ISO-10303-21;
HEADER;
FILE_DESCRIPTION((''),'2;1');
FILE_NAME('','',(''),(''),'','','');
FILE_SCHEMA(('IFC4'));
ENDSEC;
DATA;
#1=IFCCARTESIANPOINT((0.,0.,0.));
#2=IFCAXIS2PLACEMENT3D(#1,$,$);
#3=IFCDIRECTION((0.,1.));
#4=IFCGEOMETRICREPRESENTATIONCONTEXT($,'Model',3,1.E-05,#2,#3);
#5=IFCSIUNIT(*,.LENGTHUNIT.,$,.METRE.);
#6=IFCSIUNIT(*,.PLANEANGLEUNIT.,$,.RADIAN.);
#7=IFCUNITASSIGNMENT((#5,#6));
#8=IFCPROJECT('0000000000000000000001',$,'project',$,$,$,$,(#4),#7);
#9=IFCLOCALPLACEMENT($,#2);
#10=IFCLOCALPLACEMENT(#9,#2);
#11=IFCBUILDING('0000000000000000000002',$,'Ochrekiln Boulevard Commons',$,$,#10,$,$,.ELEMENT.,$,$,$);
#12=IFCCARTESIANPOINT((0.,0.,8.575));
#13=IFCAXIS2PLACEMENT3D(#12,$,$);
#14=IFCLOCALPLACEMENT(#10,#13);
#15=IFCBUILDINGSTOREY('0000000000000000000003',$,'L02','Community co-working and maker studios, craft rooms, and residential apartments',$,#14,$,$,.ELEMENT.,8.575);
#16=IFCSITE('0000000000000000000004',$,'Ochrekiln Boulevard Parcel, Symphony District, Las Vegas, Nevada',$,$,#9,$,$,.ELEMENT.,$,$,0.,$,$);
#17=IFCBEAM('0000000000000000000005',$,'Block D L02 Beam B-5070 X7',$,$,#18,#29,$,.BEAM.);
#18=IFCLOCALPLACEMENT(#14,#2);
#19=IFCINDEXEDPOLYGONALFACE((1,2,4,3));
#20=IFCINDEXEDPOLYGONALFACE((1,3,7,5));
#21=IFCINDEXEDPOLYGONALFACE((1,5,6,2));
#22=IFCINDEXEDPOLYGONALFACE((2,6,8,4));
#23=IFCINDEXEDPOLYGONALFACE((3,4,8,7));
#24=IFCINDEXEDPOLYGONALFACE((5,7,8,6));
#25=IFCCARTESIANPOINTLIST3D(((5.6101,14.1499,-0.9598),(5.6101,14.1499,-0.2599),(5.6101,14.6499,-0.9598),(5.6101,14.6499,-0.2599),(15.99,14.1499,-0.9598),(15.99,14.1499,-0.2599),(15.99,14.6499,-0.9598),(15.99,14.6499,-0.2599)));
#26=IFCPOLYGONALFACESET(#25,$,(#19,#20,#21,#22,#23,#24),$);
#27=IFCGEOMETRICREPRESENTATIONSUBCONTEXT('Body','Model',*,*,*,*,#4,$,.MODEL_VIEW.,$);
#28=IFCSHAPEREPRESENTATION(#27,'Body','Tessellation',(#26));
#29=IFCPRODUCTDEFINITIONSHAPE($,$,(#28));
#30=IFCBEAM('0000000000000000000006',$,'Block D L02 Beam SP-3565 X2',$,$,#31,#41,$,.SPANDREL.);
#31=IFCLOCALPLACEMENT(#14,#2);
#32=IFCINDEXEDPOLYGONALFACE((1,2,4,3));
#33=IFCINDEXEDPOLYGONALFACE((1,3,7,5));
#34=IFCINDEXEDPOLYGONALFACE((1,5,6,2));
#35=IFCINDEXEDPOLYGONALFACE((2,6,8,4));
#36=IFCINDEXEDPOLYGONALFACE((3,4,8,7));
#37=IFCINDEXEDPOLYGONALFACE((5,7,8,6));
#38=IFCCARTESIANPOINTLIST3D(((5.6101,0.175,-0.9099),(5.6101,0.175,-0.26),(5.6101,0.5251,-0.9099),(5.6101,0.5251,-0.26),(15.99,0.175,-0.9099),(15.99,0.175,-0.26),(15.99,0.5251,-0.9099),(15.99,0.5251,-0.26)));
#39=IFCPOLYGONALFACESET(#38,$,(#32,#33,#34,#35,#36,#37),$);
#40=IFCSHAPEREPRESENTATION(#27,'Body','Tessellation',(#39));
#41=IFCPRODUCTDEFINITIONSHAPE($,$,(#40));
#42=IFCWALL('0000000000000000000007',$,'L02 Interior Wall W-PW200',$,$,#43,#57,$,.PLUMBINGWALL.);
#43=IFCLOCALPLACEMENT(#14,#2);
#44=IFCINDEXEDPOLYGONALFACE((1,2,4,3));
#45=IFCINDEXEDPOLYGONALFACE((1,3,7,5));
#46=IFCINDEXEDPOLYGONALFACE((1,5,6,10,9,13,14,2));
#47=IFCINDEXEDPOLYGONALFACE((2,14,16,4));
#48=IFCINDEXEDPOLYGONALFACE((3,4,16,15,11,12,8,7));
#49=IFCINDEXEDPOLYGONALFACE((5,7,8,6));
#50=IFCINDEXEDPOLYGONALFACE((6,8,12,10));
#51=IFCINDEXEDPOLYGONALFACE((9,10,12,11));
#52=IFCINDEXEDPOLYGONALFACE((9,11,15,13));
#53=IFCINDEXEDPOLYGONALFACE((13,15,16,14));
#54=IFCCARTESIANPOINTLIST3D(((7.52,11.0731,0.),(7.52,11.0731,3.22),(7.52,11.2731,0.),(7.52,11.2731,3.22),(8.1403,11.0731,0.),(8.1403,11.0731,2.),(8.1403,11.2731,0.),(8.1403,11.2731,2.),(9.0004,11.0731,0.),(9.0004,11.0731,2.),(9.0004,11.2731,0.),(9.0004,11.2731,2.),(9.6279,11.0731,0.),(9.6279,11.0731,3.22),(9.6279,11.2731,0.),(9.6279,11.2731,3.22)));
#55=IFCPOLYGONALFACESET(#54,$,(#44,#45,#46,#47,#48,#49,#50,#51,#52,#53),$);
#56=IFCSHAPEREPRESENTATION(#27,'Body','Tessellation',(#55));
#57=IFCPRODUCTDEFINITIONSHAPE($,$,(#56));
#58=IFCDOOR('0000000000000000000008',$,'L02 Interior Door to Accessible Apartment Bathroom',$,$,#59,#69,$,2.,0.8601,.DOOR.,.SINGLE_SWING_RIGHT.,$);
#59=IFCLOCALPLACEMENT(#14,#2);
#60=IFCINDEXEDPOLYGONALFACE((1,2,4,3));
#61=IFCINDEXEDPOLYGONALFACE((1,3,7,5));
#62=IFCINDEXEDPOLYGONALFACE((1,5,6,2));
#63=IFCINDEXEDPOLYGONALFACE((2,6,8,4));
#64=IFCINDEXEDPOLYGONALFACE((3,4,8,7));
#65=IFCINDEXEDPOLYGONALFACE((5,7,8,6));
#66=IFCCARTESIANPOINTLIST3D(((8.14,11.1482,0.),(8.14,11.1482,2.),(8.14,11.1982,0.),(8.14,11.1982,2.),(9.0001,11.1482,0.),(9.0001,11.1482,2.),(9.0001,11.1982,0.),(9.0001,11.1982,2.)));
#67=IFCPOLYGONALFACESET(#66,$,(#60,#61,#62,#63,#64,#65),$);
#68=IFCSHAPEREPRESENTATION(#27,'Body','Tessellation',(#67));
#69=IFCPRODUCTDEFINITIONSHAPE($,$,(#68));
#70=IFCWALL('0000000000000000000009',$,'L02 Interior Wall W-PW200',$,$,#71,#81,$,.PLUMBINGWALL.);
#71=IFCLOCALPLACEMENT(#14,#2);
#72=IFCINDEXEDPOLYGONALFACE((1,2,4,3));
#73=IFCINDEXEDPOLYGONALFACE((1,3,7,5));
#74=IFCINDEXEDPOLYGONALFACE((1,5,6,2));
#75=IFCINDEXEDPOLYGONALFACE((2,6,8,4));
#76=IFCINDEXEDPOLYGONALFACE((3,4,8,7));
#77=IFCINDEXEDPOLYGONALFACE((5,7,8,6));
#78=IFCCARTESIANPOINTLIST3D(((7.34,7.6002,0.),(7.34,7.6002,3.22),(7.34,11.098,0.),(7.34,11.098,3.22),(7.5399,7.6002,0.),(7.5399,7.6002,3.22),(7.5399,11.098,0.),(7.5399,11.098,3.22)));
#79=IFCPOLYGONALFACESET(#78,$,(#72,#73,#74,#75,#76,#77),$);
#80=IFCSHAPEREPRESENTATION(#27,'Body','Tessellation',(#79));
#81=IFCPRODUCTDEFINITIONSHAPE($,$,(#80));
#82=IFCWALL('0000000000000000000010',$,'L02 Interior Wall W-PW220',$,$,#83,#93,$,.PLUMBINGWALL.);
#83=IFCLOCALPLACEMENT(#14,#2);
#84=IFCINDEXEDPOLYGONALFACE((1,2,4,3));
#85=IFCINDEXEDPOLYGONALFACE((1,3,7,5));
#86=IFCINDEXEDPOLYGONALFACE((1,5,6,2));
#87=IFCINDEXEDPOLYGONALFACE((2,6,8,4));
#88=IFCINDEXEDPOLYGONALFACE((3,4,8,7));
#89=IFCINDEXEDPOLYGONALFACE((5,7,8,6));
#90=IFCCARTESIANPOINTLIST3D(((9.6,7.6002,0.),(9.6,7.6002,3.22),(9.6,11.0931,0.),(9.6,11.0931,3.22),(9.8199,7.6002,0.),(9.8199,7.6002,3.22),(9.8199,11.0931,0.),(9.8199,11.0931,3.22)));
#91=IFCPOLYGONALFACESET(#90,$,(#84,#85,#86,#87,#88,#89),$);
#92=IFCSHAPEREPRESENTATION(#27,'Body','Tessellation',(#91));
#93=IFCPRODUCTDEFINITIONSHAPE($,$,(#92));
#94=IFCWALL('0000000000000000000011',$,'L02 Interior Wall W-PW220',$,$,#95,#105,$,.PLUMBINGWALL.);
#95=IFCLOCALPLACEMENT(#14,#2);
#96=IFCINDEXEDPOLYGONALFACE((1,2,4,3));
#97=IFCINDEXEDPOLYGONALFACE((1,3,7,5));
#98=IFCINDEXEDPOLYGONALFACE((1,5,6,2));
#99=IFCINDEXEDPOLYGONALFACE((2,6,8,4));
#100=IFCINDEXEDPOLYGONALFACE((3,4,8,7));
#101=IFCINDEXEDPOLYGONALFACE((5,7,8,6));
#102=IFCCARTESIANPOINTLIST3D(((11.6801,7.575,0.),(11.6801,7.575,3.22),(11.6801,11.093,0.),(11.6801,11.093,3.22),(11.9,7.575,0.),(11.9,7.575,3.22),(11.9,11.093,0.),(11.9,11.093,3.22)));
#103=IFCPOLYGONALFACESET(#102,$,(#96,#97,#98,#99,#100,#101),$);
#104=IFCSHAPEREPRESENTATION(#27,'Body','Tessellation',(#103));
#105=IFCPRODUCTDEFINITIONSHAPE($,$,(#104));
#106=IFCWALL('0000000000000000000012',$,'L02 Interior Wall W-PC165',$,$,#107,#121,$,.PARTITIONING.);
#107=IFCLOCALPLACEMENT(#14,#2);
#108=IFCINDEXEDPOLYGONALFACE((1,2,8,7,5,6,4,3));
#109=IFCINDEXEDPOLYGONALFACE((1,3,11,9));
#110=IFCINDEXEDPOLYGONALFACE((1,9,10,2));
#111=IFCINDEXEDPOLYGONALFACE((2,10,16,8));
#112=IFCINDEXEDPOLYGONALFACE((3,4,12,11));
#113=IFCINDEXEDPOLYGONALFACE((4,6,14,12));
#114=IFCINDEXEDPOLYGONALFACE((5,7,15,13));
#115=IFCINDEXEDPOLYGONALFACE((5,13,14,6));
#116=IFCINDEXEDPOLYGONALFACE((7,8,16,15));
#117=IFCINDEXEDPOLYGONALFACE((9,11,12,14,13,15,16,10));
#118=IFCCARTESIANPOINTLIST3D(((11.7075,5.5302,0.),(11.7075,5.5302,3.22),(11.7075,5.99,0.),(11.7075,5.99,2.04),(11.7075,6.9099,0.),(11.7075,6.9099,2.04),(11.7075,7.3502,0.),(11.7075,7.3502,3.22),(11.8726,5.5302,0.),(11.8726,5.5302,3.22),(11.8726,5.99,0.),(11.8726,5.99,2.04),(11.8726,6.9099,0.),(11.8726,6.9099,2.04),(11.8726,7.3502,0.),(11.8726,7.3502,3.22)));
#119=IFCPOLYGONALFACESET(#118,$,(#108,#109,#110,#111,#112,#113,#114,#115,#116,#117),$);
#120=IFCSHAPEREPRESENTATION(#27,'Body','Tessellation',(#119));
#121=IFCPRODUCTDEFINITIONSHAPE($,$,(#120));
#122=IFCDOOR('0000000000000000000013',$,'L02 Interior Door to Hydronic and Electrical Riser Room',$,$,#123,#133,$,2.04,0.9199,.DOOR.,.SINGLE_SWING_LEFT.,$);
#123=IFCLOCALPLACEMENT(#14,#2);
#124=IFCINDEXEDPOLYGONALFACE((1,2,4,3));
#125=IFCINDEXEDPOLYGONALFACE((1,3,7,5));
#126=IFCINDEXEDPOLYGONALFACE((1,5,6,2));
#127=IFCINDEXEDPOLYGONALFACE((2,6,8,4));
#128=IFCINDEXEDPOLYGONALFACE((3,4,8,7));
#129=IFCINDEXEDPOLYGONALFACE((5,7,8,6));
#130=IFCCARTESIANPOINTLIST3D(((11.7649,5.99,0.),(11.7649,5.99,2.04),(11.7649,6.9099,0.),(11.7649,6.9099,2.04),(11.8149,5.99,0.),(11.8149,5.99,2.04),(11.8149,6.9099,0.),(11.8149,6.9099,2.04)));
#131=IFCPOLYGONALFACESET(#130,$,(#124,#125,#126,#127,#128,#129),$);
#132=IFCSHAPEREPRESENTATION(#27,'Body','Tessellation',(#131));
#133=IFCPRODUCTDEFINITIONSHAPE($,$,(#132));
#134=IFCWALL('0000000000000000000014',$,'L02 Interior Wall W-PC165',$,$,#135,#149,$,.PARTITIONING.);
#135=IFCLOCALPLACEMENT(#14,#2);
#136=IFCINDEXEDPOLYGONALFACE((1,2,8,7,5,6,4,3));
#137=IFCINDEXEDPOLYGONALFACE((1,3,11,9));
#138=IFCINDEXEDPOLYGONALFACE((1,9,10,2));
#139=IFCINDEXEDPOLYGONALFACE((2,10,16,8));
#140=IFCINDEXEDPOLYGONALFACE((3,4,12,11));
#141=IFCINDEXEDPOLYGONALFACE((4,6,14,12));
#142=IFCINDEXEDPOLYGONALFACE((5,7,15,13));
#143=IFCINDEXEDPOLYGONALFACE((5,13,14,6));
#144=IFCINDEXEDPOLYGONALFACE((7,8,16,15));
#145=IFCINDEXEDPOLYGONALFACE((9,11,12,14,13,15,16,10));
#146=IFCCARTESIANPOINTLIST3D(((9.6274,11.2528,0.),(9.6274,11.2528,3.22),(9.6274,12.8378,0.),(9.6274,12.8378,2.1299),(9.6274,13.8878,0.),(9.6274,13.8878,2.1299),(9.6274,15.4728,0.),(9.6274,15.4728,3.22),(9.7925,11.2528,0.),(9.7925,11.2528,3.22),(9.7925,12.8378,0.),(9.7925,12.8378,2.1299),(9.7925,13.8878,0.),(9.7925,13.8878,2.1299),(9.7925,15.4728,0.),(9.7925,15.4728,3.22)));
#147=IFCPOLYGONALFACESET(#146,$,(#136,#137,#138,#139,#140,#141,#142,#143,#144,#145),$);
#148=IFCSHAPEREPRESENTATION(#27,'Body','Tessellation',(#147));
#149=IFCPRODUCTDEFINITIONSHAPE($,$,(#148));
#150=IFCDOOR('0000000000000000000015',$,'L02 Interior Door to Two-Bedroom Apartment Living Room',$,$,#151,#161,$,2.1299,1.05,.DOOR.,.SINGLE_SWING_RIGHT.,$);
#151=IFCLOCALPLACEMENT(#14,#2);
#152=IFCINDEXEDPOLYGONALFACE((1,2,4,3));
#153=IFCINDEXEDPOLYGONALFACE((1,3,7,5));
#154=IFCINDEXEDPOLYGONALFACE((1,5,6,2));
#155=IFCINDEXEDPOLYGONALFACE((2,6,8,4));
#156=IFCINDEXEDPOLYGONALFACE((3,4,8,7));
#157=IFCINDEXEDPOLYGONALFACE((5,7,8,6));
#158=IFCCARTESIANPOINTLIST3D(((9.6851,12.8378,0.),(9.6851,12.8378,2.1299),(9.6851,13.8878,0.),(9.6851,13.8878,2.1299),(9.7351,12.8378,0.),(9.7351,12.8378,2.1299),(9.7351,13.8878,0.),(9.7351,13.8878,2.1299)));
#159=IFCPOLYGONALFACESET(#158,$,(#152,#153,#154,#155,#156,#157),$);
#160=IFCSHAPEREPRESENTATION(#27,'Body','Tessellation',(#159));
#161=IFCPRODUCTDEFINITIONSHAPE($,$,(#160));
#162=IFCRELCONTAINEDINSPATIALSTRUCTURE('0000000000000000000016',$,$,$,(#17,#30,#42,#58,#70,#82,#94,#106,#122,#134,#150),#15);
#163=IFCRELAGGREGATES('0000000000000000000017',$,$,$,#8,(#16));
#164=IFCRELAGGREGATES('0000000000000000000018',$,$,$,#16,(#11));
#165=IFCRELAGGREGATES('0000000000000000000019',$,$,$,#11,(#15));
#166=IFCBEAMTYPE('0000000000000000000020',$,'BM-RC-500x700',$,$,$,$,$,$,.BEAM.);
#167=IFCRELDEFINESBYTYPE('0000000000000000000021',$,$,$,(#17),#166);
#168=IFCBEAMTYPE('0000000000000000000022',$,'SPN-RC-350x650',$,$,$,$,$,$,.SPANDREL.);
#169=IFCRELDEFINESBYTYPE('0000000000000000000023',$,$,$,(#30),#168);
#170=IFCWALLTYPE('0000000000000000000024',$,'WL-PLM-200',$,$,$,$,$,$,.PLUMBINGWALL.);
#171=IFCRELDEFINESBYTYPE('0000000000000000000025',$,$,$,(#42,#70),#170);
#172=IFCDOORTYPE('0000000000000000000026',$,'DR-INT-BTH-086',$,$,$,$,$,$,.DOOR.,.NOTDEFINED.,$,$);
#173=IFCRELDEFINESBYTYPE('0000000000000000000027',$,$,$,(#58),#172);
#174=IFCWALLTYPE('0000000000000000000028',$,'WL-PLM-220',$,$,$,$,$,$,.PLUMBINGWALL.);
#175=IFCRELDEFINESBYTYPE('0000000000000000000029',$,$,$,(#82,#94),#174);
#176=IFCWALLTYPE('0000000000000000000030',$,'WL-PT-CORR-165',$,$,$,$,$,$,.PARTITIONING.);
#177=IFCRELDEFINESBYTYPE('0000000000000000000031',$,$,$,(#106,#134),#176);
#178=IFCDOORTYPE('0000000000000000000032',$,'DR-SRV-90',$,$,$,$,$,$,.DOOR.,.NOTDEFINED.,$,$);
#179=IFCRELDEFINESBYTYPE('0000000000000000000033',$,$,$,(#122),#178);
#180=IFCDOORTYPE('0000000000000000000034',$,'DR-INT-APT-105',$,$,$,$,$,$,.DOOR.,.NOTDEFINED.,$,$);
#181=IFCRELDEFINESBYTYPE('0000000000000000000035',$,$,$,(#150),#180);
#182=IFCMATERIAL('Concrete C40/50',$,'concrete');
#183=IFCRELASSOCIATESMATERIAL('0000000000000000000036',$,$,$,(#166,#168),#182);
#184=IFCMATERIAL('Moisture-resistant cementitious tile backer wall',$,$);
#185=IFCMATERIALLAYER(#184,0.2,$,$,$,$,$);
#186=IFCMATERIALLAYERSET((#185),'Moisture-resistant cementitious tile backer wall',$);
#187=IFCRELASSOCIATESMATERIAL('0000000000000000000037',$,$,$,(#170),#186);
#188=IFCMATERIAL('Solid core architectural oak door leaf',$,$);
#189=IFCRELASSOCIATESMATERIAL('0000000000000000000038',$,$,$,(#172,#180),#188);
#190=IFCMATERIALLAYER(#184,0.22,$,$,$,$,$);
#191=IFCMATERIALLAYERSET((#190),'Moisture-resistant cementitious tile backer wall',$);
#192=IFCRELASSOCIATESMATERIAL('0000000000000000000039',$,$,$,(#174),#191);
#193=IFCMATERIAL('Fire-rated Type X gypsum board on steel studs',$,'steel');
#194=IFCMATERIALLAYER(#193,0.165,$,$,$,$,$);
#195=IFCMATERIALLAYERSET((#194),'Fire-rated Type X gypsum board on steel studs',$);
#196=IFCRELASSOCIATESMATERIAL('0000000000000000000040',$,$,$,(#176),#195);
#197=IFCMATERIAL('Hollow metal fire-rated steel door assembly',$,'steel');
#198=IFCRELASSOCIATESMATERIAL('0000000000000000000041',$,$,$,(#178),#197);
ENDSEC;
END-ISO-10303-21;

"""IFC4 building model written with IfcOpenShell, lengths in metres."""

from ifc_helpers import new_model, si_unit, direction, frame, frame_2d, origin, origin_2d, place, context, subcontext, project, spatial, rectangle, extrude, material, layer, layer_set, material_profile, profile_set, type_object, element, fill, save


model = new_model("IFC4")

# Units and contexts
model_context = context("Model", 3, precision=1e-05, world=origin(), true_north=direction((0.0, 1.0)))
body_context = subcontext(model_context, "Body", "Model", "MODEL_VIEW")
ifc_project = project(units=[si_unit("LENGTHUNIT", "METRE"), si_unit("PLANEANGLEUNIT", "RADIAN")], contexts=[model_context])

# Site, building, storey
site_placement = place(None, origin())
site = spatial("IfcSite", under=ifc_project, at=site_placement, Name="Ochrekiln Boulevard Parcel, Symphony District, Las Vegas, Nevada", CompositionType="ELEMENT", RefElevation=0.0)
building_placement = place(site_placement, origin())
building = spatial("IfcBuilding", under=site, at=building_placement, Name="Ochrekiln Boulevard Commons", CompositionType="ELEMENT")
storey_placement = place(building_placement, frame((0.0, 0.0, 8.575)))
storey = spatial("IfcBuildingStorey", under=building, at=storey_placement, Name="L02", Description="Community co-working and maker studios, craft rooms, and residential apartments", CompositionType="ELEMENT", Elevation=8.575)

# Beams
ifc_material_1 = material(Name="Concrete C40/50", Category="concrete")
ifc_material_profile_1 = material_profile(ifc_material_1, rectangle(XDim=0.5, YDim=0.7, at=origin_2d()), Name="RC-BM-500x700")
ifc_profile_set_1 = profile_set([ifc_material_profile_1], Name="Concrete C40/50")
beam_type_1 = type_object("IfcBeamType", Name="BM-RC-500x700", PredefinedType="BEAM", material=ifc_profile_set_1)
beam_1_placement = place(storey_placement, frame((5.6101, 14.3999, -0.6099), z_axis=(1.0, 0.0, 0.0), x_axis=(0.0, 1.0, 0.0)))
element("IfcBeam", 1, at=beam_1_placement, inside=storey, type_object=beam_type_1, Name="Block D L02 Beam B-5070 X7", PredefinedType="BEAM", context=body_context, shape_type="SweptSolid", body=[
    extrude(rectangle(XDim=0.5, YDim=0.7, at=origin_2d()), origin(), (0.0, 0.0, 1.0), 10.3799),
])
ifc_material_profile_2 = material_profile(ifc_material_1, rectangle(XDim=0.3501, YDim=0.6499, at=origin_2d()), Name="RC-SPN-350x650")
ifc_profile_set_2 = profile_set([ifc_material_profile_2], Name="Concrete C40/50")
beam_type_2 = type_object("IfcBeamType", Name="SPN-RC-350x650", PredefinedType="SPANDREL", material=ifc_profile_set_2)
beam_2_placement = place(storey_placement, frame((5.6101, 0.3501, -0.585), z_axis=(1.0, 0.0, 0.0), x_axis=(0.0, 1.0, 0.0)))
element("IfcBeam", 2, at=beam_2_placement, inside=storey, type_object=beam_type_2, Name="Block D L02 Beam SP-3565 X2", PredefinedType="SPANDREL", context=body_context, shape_type="SweptSolid", body=[
    extrude(rectangle(XDim=0.3501, YDim=0.6499, at=origin_2d()), origin(), (0.0, 0.0, 1.0), 10.3799),
])

# Wall, opening, door
ifc_material_2 = material(Name="Moisture-resistant cementitious tile backer wall")
ifc_layer_1 = layer(ifc_material_2, 0.2)
ifc_layer_set_1 = layer_set([ifc_layer_1], Name="Moisture-resistant cementitious tile backer wall")
wall_type_1 = type_object("IfcWallType", Name="WL-PLM-200", PredefinedType="PLUMBINGWALL", material=ifc_layer_set_1)
wall_1_placement = place(storey_placement, frame((7.52, 11.1731, 0.0), z_axis=(0.0, 0.0, 1.0), x_axis=(1.0, 0.0, 0.0)))
wall_1 = element("IfcWall", 3, at=wall_1_placement, inside=storey, type_object=wall_type_1, Name="L02 Interior Wall W-PW200", PredefinedType="PLUMBINGWALL", context=body_context, shape_type="SweptSolid", body=[
    extrude(rectangle(XDim=2.1079, YDim=0.2, at=frame_2d((1.054, 0.0))), origin(), (0.0, 0.0, 1.0), 3.22),
])
opening_1_placement = place(wall_1_placement, frame((0.6201, 0.0, 0.0)))
opening_1 = element("IfcOpeningElement", 4, at=opening_1_placement, cuts=wall_1, PredefinedType="OPENING", context=body_context, shape_type="SweptSolid", body=[
    extrude(rectangle(XDim=0.8601, YDim=2.0, at=frame_2d((0.4302, 1.0))), frame((0.0, 0.1099, 0.0), z_axis=(0.0, -1.0, 0.0), x_axis=(1.0, 0.0, 0.0)), (0.0, 0.0, 1.0), 0.22),
])
ifc_material_3 = material(Name="Solid core architectural oak door leaf")
door_type_1 = type_object("IfcDoorType", Name="DR-INT-BTH-086", OperationType="NOTDEFINED", PredefinedType="DOOR", material=ifc_material_3)
door_1_placement = place(opening_1_placement, frame((0.8601, 0.0, 0.0), z_axis=(0.0, 0.0, 1.0), x_axis=(-1.0, 0.0, 0.0)))
door_1 = element("IfcDoor", 5, at=door_1_placement, inside=storey, type_object=door_type_1, Name="L02 Interior Door to Accessible Apartment Bathroom", OperationType="SINGLE_SWING_RIGHT", OverallHeight=2.0, OverallWidth=0.8601, PredefinedType="DOOR", context=body_context, shape_type="SweptSolid", body=[
    extrude(rectangle(XDim=0.8601, YDim=2.0, at=frame_2d((0.4302, 1.0))), frame((0.0, 0.0249, 0.0), z_axis=(0.0, -1.0, 0.0), x_axis=(1.0, 0.0, 0.0)), (0.0, 0.0, 1.0), 0.05),
])
fill(opening_1, door_1)

# Walls
wall_2_placement = place(storey_placement, frame((7.4399, 7.6001, 0.0), z_axis=(0.0, 0.0, 1.0), x_axis=(0.0, 1.0, 0.0)))
element("IfcWall", 6, at=wall_2_placement, inside=storey, type_object=wall_type_1, Name="L02 Interior Wall W-PW200", PredefinedType="PLUMBINGWALL", context=body_context, shape_type="SweptSolid", body=[
    extrude(rectangle(XDim=3.4978, YDim=0.2, at=frame_2d((1.749, 0.0))), origin(), (0.0, 0.0, 1.0), 3.22),
])
ifc_layer_2 = layer(ifc_material_2, 0.22)
ifc_layer_set_2 = layer_set([ifc_layer_2], Name="Moisture-resistant cementitious tile backer wall")
wall_type_2 = type_object("IfcWallType", Name="WL-PLM-220", PredefinedType="PLUMBINGWALL", material=ifc_layer_set_2)
wall_3_placement = place(storey_placement, frame((9.71, 7.6001, 0.0), z_axis=(0.0, 0.0, 1.0), x_axis=(0.0, 1.0, 0.0)))
element("IfcWall", 7, at=wall_3_placement, inside=storey, type_object=wall_type_2, Name="L02 Interior Wall W-PW220", PredefinedType="PLUMBINGWALL", context=body_context, shape_type="SweptSolid", body=[
    extrude(rectangle(XDim=3.4929, YDim=0.22, at=frame_2d((1.7466, 0.0))), origin(), (0.0, 0.0, 1.0), 3.22),
])
wall_4_placement = place(storey_placement, frame((11.79, 7.575, 0.0), z_axis=(0.0, 0.0, 1.0), x_axis=(0.0, 1.0, 0.0)))
element("IfcWall", 8, at=wall_4_placement, inside=storey, type_object=wall_type_2, Name="L02 Interior Wall W-PW220", PredefinedType="PLUMBINGWALL", context=body_context, shape_type="SweptSolid", body=[
    extrude(rectangle(XDim=3.5181, YDim=0.22, at=frame_2d((1.759, 0.0))), origin(), (0.0, 0.0, 1.0), 3.22),
])

# Walls, openings, doors
ifc_material_4 = material(Name="Fire-rated Type X gypsum board on steel studs", Category="steel")
ifc_layer_3 = layer(ifc_material_4, 0.165)
ifc_layer_set_3 = layer_set([ifc_layer_3], Name="Fire-rated Type X gypsum board on steel studs")
wall_type_3 = type_object("IfcWallType", Name="WL-PT-CORR-165", PredefinedType="PARTITIONING", material=ifc_layer_set_3)
wall_5_placement = place(storey_placement, frame((11.79, 5.53, 0.0), z_axis=(0.0, 0.0, 1.0), x_axis=(0.0, 1.0, 0.0)))
wall_5 = element("IfcWall", 9, at=wall_5_placement, inside=storey, type_object=wall_type_3, Name="L02 Interior Wall W-PC165", PredefinedType="PARTITIONING", context=body_context, shape_type="SweptSolid", body=[
    extrude(rectangle(XDim=1.8201, YDim=0.165, at=frame_2d((0.9102, 0.0))), origin(), (0.0, 0.0, 1.0), 3.22),
])
opening_2_placement = place(wall_5_placement, frame((0.46, 0.0, 0.0)))
opening_2 = element("IfcOpeningElement", 10, at=opening_2_placement, cuts=wall_5, PredefinedType="OPENING", context=body_context, shape_type="SweptSolid", body=[
    extrude(rectangle(XDim=0.9199, YDim=2.04, at=frame_2d((0.46, 1.02))), frame((0.0, 0.0925, 0.0), z_axis=(0.0, -1.0, 0.0), x_axis=(1.0, 0.0, 0.0)), (0.0, 0.0, 1.0), 0.1851),
])
ifc_material_5 = material(Name="Hollow metal fire-rated steel door assembly", Category="steel")
door_type_2 = type_object("IfcDoorType", Name="DR-SRV-90", OperationType="NOTDEFINED", PredefinedType="DOOR", material=ifc_material_5)
door_2_placement = place(opening_2_placement, frame((0.9199, 0.0, 0.0), z_axis=(0.0, 0.0, 1.0), x_axis=(-1.0, 0.0, 0.0)))
door_2 = element("IfcDoor", 11, at=door_2_placement, inside=storey, type_object=door_type_2, Name="L02 Interior Door to Hydronic and Electrical Riser Room", OperationType="SINGLE_SWING_LEFT", OverallHeight=2.04, OverallWidth=0.9199, PredefinedType="DOOR", context=body_context, shape_type="SweptSolid", body=[
    extrude(rectangle(XDim=0.9199, YDim=2.04, at=frame_2d((0.46, 1.02))), frame((0.0, 0.0249, 0.0), z_axis=(0.0, -1.0, 0.0), x_axis=(1.0, 0.0, 0.0)), (0.0, 0.0, 1.0), 0.05),
])
fill(opening_2, door_2)
wall_6_placement = place(storey_placement, frame((9.71, 11.2529, 0.0), z_axis=(0.0, 0.0, 1.0), x_axis=(0.0, 1.0, 0.0)))
wall_6 = element("IfcWall", 12, at=wall_6_placement, inside=storey, type_object=wall_type_3, Name="L02 Interior Wall W-PC165", PredefinedType="PARTITIONING", context=body_context, shape_type="SweptSolid", body=[
    extrude(rectangle(XDim=4.22, YDim=0.165, at=frame_2d((2.1099, 0.0))), origin(), (0.0, 0.0, 1.0), 3.22),
])
opening_3_placement = place(wall_6_placement, frame((1.585, 0.0, 0.0)))
opening_3 = element("IfcOpeningElement", 13, at=opening_3_placement, cuts=wall_6, PredefinedType="OPENING", context=body_context, shape_type="SweptSolid", body=[
    extrude(rectangle(XDim=1.05, YDim=2.1299, at=frame_2d((0.5249, 1.0649))), frame((0.0, 0.0925, 0.0), z_axis=(0.0, -1.0, 0.0), x_axis=(1.0, 0.0, 0.0)), (0.0, 0.0, 1.0), 0.1851),
])
door_type_3 = type_object("IfcDoorType", Name="DR-INT-APT-105", OperationType="NOTDEFINED", PredefinedType="DOOR", material=ifc_material_3)
door_3_placement = place(opening_3_placement, origin())
door_3 = element("IfcDoor", 14, at=door_3_placement, inside=storey, type_object=door_type_3, Name="L02 Interior Door to Two-Bedroom Apartment Living Room", OperationType="SINGLE_SWING_RIGHT", OverallHeight=2.1299, OverallWidth=1.05, PredefinedType="DOOR", context=body_context, shape_type="SweptSolid", body=[
    extrude(rectangle(XDim=1.05, YDim=2.1299, at=frame_2d((0.5249, 1.0649))), frame((0.0, 0.0249, 0.0), z_axis=(0.0, -1.0, 0.0), x_axis=(1.0, 0.0, 0.0)), (0.0, 0.0, 1.0), 0.05),
])
fill(opening_3, door_3)

save(model, "model.ifc")
